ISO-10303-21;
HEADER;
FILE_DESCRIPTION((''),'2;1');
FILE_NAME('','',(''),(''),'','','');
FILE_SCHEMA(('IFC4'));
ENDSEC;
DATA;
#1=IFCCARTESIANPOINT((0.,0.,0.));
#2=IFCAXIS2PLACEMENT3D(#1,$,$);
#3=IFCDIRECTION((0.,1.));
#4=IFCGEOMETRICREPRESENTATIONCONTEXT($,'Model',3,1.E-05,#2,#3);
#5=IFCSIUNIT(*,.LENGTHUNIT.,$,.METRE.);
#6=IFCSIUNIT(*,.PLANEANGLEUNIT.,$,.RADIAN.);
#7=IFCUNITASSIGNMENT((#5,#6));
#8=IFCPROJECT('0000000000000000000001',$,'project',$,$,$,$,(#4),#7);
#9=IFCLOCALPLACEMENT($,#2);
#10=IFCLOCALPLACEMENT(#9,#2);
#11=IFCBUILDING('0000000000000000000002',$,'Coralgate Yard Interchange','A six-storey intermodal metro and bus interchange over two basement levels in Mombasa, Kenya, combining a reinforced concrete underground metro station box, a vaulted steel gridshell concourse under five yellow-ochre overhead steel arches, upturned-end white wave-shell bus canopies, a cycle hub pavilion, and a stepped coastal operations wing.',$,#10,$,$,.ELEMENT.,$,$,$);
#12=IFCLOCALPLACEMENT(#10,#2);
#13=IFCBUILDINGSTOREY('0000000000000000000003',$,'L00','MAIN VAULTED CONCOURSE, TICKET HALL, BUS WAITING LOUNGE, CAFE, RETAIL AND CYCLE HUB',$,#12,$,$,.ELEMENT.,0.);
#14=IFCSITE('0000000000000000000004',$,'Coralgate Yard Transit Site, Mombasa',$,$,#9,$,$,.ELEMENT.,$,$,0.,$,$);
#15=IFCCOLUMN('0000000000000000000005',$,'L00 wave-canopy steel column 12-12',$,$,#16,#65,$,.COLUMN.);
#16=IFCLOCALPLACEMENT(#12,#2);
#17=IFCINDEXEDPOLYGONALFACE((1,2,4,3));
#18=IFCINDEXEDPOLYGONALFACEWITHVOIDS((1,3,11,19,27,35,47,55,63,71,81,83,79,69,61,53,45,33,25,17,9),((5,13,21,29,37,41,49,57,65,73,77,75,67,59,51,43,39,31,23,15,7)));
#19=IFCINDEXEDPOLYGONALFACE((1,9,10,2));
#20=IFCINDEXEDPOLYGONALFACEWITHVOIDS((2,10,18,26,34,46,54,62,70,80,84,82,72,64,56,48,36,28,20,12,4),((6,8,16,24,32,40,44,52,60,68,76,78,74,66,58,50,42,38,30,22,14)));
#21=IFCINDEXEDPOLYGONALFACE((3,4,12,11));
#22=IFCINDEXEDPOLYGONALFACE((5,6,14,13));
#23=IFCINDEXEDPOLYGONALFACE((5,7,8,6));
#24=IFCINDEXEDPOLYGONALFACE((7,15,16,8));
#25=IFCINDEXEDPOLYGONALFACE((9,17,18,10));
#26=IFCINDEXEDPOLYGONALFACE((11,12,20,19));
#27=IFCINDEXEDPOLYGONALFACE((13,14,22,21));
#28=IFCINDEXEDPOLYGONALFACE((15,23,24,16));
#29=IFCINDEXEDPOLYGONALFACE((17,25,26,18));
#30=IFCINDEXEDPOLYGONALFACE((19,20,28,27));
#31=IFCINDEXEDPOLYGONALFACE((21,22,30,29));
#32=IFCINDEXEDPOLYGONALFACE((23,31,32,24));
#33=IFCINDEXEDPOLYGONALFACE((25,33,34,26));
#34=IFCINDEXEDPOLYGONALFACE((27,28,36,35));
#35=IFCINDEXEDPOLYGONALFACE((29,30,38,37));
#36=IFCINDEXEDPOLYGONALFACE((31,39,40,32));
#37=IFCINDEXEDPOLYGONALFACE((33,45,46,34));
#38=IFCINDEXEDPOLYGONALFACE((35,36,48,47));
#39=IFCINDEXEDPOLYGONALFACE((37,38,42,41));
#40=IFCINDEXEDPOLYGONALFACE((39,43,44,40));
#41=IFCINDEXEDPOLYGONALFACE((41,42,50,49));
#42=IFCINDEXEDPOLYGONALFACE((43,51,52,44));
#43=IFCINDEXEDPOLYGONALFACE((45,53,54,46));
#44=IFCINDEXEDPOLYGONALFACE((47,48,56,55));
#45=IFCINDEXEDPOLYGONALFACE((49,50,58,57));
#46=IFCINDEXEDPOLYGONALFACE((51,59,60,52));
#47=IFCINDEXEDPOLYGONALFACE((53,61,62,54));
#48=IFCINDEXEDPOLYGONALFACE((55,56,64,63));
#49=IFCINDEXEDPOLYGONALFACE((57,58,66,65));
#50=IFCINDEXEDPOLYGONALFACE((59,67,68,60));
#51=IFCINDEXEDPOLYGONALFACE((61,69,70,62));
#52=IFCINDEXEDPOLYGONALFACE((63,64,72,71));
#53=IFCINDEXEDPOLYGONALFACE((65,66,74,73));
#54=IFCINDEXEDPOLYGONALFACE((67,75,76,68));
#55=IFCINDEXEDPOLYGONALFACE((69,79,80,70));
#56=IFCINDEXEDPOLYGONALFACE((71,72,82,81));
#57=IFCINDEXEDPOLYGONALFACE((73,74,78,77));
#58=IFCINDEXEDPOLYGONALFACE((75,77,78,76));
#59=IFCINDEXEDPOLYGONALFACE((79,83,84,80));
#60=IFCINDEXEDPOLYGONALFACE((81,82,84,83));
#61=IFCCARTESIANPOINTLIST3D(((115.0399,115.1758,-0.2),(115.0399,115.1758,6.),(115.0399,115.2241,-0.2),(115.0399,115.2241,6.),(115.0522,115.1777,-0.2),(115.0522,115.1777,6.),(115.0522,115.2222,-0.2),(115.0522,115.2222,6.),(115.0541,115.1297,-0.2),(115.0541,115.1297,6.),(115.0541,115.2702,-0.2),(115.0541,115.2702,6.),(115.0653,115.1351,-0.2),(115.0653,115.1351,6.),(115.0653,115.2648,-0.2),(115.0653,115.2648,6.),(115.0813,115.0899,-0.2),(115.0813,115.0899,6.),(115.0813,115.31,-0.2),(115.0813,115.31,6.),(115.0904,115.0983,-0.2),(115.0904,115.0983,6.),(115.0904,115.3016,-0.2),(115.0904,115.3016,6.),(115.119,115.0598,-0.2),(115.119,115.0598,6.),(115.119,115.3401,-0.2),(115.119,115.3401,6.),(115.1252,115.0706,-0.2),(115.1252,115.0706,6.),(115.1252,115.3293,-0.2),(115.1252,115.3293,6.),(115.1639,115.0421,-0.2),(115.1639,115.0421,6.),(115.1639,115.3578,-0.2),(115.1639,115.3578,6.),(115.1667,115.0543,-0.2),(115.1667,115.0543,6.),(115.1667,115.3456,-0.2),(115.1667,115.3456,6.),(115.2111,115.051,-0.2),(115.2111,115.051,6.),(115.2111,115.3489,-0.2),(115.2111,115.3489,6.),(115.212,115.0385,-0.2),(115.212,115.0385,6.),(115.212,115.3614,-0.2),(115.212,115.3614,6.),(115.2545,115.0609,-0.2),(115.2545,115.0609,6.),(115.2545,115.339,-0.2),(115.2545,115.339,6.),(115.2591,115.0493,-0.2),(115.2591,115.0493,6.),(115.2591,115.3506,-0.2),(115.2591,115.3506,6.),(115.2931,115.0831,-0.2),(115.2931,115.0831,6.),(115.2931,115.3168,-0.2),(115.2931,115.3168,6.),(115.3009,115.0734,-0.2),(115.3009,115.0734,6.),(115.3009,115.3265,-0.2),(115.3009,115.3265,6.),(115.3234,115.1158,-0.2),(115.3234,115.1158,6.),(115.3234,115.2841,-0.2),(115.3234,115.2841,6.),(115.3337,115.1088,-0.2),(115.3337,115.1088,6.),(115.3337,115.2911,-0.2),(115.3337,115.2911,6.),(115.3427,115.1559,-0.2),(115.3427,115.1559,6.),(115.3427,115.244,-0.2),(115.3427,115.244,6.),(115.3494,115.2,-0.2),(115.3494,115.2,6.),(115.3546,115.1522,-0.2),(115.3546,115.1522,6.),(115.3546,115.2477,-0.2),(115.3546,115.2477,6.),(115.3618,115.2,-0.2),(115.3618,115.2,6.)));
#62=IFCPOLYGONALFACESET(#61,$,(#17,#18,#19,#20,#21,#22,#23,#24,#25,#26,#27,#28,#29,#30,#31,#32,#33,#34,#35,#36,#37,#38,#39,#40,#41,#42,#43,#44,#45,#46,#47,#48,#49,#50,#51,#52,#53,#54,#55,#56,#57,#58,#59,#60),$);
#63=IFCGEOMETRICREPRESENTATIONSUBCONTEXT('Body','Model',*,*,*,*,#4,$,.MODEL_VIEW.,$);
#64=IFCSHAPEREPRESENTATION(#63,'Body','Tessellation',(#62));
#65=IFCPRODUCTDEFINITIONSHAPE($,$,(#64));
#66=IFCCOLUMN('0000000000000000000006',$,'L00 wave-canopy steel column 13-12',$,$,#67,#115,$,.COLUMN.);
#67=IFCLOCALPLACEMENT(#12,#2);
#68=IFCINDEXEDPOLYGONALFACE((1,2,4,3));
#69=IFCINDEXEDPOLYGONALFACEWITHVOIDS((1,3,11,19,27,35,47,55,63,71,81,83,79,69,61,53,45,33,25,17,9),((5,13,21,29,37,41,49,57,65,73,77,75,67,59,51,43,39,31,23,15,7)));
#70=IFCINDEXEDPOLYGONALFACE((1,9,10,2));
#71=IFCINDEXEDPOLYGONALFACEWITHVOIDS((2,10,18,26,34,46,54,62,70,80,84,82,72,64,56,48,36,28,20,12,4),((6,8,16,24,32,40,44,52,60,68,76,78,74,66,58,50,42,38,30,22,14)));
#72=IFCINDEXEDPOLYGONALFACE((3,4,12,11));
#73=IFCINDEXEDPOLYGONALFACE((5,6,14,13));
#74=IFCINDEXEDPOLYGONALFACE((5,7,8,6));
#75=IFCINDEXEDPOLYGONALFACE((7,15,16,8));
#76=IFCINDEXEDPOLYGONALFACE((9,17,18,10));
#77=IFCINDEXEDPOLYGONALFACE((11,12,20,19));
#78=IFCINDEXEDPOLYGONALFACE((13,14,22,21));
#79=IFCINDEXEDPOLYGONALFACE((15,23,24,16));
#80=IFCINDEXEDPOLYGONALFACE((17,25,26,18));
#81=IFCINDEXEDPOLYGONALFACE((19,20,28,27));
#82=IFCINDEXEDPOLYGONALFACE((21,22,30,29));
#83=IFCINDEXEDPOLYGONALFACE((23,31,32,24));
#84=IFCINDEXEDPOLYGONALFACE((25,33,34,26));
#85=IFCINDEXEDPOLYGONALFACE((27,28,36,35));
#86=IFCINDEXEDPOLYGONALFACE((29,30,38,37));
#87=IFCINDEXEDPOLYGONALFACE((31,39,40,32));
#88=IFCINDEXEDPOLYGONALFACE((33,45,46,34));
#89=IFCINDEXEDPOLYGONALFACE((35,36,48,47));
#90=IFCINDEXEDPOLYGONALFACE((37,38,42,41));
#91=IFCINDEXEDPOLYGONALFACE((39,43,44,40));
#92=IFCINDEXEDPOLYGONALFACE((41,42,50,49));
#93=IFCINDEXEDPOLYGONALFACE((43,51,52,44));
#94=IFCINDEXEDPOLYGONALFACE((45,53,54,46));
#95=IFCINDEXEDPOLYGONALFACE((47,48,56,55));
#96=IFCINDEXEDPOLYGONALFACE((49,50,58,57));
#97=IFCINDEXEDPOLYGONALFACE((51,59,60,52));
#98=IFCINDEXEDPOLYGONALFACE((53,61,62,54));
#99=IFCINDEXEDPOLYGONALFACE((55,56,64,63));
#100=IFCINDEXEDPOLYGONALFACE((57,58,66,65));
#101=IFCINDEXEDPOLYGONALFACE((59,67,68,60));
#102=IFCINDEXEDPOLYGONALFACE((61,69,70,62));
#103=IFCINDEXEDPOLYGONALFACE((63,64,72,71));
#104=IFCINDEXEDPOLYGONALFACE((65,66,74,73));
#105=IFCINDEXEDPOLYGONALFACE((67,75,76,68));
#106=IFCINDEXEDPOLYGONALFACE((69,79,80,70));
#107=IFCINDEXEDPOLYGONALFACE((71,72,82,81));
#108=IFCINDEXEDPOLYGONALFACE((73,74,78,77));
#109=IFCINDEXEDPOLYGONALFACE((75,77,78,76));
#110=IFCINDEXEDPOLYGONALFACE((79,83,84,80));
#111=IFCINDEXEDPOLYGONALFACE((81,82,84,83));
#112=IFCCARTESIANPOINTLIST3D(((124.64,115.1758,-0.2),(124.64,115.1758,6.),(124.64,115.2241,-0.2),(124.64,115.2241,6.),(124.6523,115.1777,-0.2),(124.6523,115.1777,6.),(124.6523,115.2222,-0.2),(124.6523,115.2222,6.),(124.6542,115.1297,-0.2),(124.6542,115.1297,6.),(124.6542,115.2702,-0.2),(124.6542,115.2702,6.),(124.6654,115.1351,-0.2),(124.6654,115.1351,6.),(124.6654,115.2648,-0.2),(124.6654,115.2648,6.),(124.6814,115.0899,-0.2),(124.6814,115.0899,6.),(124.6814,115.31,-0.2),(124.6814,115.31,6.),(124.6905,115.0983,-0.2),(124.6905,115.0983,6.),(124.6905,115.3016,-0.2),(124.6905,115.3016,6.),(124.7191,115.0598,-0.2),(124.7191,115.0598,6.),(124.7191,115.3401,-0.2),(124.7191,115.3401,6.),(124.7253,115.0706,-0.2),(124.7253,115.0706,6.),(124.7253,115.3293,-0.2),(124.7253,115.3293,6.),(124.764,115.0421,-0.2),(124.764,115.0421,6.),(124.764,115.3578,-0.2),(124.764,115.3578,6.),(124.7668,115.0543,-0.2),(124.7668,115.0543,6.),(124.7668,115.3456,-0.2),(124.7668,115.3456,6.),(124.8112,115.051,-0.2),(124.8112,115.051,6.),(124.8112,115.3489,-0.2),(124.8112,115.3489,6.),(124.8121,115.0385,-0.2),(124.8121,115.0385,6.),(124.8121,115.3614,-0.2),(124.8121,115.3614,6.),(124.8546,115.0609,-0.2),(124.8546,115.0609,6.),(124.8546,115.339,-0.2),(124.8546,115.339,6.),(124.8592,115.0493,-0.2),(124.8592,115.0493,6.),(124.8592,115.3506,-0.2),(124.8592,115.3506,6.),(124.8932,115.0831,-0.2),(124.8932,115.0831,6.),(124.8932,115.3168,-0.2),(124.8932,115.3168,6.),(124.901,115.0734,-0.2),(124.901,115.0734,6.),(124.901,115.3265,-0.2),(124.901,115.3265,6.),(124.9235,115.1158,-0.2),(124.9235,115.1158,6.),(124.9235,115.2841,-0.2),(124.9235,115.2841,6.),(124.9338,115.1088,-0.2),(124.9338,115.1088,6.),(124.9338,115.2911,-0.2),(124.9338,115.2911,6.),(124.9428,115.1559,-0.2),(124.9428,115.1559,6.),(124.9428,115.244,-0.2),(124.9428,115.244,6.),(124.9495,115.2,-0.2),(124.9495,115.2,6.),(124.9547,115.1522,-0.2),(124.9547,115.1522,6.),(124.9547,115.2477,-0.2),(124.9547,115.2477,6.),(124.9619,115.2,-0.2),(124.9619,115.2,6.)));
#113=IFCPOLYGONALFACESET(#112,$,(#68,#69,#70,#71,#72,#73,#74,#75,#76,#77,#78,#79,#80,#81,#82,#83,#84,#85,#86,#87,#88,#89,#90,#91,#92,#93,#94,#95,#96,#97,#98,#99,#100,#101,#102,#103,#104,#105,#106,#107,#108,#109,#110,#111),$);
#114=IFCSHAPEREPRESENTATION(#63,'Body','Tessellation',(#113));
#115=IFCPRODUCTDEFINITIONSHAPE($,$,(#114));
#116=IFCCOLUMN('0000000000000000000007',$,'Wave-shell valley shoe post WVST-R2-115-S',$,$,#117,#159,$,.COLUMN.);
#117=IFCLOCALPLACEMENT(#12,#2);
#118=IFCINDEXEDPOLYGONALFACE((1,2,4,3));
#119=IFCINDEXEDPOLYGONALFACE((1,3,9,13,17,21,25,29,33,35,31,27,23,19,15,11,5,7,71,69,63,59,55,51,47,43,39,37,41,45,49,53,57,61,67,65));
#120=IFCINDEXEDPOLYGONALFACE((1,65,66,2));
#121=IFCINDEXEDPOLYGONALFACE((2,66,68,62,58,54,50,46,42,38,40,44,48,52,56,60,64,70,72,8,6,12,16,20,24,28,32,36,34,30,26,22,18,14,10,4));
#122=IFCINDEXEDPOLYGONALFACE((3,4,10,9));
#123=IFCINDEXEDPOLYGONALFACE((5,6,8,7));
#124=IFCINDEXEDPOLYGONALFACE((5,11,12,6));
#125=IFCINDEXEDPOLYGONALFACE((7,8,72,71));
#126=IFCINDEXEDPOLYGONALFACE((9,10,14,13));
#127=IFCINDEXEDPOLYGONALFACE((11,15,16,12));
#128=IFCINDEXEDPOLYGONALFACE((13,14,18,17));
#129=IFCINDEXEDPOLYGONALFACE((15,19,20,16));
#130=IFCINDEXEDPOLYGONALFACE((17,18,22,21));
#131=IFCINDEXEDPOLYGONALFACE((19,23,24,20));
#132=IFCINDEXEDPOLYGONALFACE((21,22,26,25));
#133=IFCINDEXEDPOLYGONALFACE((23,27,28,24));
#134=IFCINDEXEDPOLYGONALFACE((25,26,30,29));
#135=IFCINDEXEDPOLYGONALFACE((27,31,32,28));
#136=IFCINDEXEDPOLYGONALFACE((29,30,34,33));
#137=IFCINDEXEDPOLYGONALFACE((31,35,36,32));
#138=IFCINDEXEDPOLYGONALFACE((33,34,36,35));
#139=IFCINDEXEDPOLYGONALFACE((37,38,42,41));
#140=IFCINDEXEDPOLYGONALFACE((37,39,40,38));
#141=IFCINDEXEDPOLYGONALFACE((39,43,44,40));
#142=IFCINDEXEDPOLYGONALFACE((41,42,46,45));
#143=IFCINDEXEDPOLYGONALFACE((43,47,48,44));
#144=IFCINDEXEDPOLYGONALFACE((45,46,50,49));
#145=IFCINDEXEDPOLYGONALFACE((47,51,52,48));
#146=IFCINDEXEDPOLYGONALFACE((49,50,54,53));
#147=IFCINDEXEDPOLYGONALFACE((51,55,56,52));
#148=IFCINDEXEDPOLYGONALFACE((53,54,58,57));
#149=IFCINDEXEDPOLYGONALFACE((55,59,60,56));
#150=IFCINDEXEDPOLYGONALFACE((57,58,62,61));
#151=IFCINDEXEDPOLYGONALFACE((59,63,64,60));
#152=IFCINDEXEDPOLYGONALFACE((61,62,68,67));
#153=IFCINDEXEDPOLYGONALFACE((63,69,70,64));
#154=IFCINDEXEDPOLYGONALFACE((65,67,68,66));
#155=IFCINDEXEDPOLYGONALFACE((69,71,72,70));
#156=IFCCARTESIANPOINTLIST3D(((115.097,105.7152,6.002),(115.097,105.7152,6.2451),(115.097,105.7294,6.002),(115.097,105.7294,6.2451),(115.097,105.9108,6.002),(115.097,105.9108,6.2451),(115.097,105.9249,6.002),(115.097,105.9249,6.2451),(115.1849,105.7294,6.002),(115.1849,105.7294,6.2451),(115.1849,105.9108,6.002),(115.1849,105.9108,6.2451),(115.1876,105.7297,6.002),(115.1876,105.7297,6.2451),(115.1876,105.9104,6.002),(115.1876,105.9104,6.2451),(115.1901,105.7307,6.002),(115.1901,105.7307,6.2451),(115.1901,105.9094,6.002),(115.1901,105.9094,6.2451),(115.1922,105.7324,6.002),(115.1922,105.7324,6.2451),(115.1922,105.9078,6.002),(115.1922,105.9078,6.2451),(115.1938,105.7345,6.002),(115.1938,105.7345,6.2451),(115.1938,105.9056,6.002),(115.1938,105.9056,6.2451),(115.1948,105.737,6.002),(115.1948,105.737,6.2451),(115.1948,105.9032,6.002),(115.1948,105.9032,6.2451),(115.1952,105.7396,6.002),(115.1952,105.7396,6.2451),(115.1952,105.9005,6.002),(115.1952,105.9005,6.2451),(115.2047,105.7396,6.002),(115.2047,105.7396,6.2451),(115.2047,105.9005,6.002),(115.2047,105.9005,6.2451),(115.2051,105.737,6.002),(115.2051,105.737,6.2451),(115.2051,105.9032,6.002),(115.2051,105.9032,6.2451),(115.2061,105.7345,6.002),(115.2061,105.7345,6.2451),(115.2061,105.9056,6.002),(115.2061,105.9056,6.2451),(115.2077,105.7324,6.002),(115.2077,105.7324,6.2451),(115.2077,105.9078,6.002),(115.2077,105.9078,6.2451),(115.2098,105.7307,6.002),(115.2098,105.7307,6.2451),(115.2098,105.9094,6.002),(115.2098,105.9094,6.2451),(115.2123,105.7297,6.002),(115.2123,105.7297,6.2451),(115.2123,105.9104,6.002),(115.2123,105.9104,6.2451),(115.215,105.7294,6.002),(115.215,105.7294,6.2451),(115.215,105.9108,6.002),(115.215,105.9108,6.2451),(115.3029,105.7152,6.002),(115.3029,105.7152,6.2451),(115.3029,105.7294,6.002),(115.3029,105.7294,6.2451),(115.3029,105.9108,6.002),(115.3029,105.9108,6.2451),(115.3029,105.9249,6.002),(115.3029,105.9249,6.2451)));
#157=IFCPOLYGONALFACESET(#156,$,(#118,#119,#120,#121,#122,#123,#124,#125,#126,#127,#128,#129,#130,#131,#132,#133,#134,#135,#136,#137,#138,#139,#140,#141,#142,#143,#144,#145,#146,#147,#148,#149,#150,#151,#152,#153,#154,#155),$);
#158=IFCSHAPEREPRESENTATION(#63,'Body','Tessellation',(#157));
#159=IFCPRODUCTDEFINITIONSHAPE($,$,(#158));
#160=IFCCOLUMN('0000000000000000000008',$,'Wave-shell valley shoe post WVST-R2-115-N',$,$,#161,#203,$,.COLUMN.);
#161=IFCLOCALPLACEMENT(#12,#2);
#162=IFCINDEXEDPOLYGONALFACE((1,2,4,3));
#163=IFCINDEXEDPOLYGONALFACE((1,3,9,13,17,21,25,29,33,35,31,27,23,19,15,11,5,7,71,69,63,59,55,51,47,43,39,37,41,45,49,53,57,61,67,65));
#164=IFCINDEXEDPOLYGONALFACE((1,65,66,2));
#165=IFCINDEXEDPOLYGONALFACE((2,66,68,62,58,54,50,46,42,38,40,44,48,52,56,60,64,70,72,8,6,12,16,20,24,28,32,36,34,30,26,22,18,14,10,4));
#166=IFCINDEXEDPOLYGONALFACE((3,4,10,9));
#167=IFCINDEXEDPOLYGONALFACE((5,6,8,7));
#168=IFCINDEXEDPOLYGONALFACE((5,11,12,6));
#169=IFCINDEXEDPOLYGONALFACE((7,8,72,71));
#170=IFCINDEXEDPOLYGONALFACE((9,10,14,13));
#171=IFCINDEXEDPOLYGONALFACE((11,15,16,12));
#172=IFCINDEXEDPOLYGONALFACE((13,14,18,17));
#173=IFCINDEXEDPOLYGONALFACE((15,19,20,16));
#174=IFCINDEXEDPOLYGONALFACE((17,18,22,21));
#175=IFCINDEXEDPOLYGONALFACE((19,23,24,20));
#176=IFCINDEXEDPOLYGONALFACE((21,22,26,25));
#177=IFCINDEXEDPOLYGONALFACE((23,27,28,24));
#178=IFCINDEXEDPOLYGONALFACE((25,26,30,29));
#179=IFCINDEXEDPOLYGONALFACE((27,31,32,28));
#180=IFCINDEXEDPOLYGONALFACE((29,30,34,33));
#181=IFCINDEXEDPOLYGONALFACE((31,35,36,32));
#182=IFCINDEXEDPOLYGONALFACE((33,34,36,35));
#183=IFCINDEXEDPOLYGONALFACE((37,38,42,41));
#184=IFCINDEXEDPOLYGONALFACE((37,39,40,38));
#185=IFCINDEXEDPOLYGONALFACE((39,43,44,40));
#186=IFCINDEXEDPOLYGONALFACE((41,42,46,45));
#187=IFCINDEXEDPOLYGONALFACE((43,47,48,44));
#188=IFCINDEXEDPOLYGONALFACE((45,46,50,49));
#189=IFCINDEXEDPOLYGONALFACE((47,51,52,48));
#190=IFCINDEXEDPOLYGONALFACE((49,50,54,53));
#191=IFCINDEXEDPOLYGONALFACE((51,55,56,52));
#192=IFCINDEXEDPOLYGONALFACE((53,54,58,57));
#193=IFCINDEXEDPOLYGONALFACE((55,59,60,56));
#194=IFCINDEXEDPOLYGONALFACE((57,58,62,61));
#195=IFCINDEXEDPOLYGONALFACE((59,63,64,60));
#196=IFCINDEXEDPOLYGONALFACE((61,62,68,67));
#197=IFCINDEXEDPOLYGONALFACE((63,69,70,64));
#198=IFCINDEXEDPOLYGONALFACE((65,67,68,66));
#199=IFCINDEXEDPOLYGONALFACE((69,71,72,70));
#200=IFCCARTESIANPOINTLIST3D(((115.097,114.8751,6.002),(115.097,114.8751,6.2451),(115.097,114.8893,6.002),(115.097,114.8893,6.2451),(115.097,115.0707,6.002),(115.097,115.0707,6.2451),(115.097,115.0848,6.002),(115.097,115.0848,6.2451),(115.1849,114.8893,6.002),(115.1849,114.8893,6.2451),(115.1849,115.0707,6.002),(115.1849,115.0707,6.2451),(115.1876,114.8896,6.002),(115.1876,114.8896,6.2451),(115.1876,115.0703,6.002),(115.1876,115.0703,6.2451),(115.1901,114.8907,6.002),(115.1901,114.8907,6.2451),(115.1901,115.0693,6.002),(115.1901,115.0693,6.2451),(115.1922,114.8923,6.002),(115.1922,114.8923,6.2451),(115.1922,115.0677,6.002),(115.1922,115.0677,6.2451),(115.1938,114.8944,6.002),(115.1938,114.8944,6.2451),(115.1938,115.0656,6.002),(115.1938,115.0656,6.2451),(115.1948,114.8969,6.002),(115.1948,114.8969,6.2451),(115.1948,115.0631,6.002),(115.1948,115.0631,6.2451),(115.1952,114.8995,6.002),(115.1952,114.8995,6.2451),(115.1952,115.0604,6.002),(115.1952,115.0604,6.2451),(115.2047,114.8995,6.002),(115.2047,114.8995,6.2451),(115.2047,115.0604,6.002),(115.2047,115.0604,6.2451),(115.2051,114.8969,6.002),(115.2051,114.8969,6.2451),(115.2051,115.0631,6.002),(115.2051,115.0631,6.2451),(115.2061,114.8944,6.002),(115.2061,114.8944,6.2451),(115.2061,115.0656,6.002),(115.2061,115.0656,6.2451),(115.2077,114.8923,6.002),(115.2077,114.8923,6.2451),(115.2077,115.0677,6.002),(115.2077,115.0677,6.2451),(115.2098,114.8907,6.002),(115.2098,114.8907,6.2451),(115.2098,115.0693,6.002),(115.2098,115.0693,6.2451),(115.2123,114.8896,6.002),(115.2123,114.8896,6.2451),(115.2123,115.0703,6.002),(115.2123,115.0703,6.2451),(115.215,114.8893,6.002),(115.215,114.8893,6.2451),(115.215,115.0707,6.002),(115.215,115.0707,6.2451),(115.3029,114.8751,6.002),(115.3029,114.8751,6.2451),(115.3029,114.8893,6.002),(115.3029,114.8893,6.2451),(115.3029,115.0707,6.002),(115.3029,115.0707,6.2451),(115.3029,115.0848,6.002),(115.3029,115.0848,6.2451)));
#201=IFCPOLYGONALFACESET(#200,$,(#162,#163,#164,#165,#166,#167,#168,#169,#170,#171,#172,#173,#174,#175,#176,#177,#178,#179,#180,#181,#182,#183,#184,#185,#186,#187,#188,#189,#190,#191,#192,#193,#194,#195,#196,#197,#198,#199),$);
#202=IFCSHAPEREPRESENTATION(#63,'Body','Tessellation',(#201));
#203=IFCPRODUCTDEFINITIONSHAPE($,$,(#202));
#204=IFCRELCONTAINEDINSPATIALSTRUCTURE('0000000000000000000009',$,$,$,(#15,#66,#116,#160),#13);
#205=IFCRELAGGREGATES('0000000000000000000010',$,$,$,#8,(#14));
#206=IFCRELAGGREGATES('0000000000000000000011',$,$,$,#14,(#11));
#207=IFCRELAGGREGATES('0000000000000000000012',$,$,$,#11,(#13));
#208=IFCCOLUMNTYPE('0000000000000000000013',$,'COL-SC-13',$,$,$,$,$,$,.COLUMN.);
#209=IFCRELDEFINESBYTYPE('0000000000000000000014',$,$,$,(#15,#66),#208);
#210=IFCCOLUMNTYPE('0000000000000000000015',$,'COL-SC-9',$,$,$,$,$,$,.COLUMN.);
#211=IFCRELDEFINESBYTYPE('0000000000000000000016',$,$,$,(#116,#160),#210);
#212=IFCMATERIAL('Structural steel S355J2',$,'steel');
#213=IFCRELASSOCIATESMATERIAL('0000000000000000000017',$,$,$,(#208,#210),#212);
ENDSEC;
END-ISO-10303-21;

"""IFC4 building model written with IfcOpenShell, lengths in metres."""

from ifc_helpers import new_model, si_unit, direction, frame, origin, origin_2d, place, context, subcontext, project, spatial, hollow_circle, i_section, extrude, material, material_profile, profile_set, type_object, element, save


model = new_model("IFC4")

# Units and contexts
model_context = context("Model", 3, precision=1e-05, world=origin(), true_north=direction((0.0, 1.0)))
body_context = subcontext(model_context, "Body", "Model", "MODEL_VIEW")
ifc_project = project(units=[si_unit("LENGTHUNIT", "METRE"), si_unit("PLANEANGLEUNIT", "RADIAN")], contexts=[model_context])

# Site, building, storey
site_placement = place(None, origin())
site = spatial("IfcSite", under=ifc_project, at=site_placement, Name="Coralgate Yard Transit Site, Mombasa", CompositionType="ELEMENT", RefElevation=0.0)
building_placement = place(site_placement, origin())
building = spatial("IfcBuilding", under=site, at=building_placement, Name="Coralgate Yard Interchange", Description="A six-storey intermodal metro and bus interchange over two basement levels in Mombasa, Kenya, combining a reinforced concrete underground metro station box, a vaulted steel gridshell concourse under five yellow-ochre overhead steel arches, upturned-end white wave-shell bus canopies, a cycle hub pavilion, and a stepped coastal operations wing.", CompositionType="ELEMENT")
storey_placement = place(building_placement, origin())
storey = spatial("IfcBuildingStorey", under=building, at=storey_placement, Name="L00", Description="MAIN VAULTED CONCOURSE, TICKET HALL, BUS WAITING LOUNGE, CAFE, RETAIL AND CYCLE HUB", CompositionType="ELEMENT", Elevation=0.0)

# Columns
ifc_material_1 = material(Name="Structural steel S355J2", Category="steel")
ifc_material_profile_1 = material_profile(ifc_material_1, hollow_circle(Radius=0.1619, WallThickness=0.0125, at=origin_2d()), Name="CHS 323.9x12.5")
ifc_profile_set_1 = profile_set([ifc_material_profile_1], Name="Structural steel S355J2")
column_type_1 = type_object("IfcColumnType", Name="COL-SC-13", PredefinedType="COLUMN", material=ifc_profile_set_1)
for number, where, z_axis, x_axis, name in (
    (1, (115.2, 115.2, -0.2), (0.0, 0.0, 1.0), (1.0, 0.0, 0.0), "L00 wave-canopy steel column 12-12"),
    (2, (124.8, 115.2, -0.2), (0.0, 0.0, 1.0), (1.0, 0.0, 0.0), "L00 wave-canopy steel column 13-12"),
):
    element("IfcColumn", number, at=place(storey_placement, frame(where, z_axis=z_axis, x_axis=x_axis)), inside=storey, type_object=column_type_1, Name=name, PredefinedType="COLUMN", context=body_context, shape_type="SweptSolid", body=[
        extrude(hollow_circle(Radius=0.1619, WallThickness=0.0125, at=origin_2d()), origin(), (0.0, 0.0, 1.0), 6.2),
    ])
ifc_material_profile_2 = material_profile(ifc_material_1, i_section(OverallWidth=0.2058, OverallDepth=0.2097, WebThickness=0.0095, FlangeThickness=0.0142, FilletRadius=0.0103, at=origin_2d()), Name="UC 203x203x60")
ifc_profile_set_2 = profile_set([ifc_material_profile_2], Name="Structural steel S355J2")
column_type_2 = type_object("IfcColumnType", Name="COL-SC-9", PredefinedType="COLUMN", material=ifc_profile_set_2)
for number, where, z_axis, x_axis, name in (
    (3, (115.2, 105.8201, 6.002), (0.0, 0.0, 1.0), (1.0, 0.0, 0.0), "Wave-shell valley shoe post WVST-R2-115-S"),
    (4, (115.2, 114.98, 6.002), (0.0, 0.0, 1.0), (1.0, 0.0, 0.0), "Wave-shell valley shoe post WVST-R2-115-N"),
):
    element("IfcColumn", number, at=place(storey_placement, frame(where, z_axis=z_axis, x_axis=x_axis)), inside=storey, type_object=column_type_2, Name=name, PredefinedType="COLUMN", context=body_context, shape_type="SweptSolid", body=[
        extrude(i_section(OverallWidth=0.2058, OverallDepth=0.2097, WebThickness=0.0095, FlangeThickness=0.0142, FilletRadius=0.0103, at=origin_2d()), origin(), (0.0, 0.0, 1.0), 0.2432),
    ])

save(model, "model.ifc")
